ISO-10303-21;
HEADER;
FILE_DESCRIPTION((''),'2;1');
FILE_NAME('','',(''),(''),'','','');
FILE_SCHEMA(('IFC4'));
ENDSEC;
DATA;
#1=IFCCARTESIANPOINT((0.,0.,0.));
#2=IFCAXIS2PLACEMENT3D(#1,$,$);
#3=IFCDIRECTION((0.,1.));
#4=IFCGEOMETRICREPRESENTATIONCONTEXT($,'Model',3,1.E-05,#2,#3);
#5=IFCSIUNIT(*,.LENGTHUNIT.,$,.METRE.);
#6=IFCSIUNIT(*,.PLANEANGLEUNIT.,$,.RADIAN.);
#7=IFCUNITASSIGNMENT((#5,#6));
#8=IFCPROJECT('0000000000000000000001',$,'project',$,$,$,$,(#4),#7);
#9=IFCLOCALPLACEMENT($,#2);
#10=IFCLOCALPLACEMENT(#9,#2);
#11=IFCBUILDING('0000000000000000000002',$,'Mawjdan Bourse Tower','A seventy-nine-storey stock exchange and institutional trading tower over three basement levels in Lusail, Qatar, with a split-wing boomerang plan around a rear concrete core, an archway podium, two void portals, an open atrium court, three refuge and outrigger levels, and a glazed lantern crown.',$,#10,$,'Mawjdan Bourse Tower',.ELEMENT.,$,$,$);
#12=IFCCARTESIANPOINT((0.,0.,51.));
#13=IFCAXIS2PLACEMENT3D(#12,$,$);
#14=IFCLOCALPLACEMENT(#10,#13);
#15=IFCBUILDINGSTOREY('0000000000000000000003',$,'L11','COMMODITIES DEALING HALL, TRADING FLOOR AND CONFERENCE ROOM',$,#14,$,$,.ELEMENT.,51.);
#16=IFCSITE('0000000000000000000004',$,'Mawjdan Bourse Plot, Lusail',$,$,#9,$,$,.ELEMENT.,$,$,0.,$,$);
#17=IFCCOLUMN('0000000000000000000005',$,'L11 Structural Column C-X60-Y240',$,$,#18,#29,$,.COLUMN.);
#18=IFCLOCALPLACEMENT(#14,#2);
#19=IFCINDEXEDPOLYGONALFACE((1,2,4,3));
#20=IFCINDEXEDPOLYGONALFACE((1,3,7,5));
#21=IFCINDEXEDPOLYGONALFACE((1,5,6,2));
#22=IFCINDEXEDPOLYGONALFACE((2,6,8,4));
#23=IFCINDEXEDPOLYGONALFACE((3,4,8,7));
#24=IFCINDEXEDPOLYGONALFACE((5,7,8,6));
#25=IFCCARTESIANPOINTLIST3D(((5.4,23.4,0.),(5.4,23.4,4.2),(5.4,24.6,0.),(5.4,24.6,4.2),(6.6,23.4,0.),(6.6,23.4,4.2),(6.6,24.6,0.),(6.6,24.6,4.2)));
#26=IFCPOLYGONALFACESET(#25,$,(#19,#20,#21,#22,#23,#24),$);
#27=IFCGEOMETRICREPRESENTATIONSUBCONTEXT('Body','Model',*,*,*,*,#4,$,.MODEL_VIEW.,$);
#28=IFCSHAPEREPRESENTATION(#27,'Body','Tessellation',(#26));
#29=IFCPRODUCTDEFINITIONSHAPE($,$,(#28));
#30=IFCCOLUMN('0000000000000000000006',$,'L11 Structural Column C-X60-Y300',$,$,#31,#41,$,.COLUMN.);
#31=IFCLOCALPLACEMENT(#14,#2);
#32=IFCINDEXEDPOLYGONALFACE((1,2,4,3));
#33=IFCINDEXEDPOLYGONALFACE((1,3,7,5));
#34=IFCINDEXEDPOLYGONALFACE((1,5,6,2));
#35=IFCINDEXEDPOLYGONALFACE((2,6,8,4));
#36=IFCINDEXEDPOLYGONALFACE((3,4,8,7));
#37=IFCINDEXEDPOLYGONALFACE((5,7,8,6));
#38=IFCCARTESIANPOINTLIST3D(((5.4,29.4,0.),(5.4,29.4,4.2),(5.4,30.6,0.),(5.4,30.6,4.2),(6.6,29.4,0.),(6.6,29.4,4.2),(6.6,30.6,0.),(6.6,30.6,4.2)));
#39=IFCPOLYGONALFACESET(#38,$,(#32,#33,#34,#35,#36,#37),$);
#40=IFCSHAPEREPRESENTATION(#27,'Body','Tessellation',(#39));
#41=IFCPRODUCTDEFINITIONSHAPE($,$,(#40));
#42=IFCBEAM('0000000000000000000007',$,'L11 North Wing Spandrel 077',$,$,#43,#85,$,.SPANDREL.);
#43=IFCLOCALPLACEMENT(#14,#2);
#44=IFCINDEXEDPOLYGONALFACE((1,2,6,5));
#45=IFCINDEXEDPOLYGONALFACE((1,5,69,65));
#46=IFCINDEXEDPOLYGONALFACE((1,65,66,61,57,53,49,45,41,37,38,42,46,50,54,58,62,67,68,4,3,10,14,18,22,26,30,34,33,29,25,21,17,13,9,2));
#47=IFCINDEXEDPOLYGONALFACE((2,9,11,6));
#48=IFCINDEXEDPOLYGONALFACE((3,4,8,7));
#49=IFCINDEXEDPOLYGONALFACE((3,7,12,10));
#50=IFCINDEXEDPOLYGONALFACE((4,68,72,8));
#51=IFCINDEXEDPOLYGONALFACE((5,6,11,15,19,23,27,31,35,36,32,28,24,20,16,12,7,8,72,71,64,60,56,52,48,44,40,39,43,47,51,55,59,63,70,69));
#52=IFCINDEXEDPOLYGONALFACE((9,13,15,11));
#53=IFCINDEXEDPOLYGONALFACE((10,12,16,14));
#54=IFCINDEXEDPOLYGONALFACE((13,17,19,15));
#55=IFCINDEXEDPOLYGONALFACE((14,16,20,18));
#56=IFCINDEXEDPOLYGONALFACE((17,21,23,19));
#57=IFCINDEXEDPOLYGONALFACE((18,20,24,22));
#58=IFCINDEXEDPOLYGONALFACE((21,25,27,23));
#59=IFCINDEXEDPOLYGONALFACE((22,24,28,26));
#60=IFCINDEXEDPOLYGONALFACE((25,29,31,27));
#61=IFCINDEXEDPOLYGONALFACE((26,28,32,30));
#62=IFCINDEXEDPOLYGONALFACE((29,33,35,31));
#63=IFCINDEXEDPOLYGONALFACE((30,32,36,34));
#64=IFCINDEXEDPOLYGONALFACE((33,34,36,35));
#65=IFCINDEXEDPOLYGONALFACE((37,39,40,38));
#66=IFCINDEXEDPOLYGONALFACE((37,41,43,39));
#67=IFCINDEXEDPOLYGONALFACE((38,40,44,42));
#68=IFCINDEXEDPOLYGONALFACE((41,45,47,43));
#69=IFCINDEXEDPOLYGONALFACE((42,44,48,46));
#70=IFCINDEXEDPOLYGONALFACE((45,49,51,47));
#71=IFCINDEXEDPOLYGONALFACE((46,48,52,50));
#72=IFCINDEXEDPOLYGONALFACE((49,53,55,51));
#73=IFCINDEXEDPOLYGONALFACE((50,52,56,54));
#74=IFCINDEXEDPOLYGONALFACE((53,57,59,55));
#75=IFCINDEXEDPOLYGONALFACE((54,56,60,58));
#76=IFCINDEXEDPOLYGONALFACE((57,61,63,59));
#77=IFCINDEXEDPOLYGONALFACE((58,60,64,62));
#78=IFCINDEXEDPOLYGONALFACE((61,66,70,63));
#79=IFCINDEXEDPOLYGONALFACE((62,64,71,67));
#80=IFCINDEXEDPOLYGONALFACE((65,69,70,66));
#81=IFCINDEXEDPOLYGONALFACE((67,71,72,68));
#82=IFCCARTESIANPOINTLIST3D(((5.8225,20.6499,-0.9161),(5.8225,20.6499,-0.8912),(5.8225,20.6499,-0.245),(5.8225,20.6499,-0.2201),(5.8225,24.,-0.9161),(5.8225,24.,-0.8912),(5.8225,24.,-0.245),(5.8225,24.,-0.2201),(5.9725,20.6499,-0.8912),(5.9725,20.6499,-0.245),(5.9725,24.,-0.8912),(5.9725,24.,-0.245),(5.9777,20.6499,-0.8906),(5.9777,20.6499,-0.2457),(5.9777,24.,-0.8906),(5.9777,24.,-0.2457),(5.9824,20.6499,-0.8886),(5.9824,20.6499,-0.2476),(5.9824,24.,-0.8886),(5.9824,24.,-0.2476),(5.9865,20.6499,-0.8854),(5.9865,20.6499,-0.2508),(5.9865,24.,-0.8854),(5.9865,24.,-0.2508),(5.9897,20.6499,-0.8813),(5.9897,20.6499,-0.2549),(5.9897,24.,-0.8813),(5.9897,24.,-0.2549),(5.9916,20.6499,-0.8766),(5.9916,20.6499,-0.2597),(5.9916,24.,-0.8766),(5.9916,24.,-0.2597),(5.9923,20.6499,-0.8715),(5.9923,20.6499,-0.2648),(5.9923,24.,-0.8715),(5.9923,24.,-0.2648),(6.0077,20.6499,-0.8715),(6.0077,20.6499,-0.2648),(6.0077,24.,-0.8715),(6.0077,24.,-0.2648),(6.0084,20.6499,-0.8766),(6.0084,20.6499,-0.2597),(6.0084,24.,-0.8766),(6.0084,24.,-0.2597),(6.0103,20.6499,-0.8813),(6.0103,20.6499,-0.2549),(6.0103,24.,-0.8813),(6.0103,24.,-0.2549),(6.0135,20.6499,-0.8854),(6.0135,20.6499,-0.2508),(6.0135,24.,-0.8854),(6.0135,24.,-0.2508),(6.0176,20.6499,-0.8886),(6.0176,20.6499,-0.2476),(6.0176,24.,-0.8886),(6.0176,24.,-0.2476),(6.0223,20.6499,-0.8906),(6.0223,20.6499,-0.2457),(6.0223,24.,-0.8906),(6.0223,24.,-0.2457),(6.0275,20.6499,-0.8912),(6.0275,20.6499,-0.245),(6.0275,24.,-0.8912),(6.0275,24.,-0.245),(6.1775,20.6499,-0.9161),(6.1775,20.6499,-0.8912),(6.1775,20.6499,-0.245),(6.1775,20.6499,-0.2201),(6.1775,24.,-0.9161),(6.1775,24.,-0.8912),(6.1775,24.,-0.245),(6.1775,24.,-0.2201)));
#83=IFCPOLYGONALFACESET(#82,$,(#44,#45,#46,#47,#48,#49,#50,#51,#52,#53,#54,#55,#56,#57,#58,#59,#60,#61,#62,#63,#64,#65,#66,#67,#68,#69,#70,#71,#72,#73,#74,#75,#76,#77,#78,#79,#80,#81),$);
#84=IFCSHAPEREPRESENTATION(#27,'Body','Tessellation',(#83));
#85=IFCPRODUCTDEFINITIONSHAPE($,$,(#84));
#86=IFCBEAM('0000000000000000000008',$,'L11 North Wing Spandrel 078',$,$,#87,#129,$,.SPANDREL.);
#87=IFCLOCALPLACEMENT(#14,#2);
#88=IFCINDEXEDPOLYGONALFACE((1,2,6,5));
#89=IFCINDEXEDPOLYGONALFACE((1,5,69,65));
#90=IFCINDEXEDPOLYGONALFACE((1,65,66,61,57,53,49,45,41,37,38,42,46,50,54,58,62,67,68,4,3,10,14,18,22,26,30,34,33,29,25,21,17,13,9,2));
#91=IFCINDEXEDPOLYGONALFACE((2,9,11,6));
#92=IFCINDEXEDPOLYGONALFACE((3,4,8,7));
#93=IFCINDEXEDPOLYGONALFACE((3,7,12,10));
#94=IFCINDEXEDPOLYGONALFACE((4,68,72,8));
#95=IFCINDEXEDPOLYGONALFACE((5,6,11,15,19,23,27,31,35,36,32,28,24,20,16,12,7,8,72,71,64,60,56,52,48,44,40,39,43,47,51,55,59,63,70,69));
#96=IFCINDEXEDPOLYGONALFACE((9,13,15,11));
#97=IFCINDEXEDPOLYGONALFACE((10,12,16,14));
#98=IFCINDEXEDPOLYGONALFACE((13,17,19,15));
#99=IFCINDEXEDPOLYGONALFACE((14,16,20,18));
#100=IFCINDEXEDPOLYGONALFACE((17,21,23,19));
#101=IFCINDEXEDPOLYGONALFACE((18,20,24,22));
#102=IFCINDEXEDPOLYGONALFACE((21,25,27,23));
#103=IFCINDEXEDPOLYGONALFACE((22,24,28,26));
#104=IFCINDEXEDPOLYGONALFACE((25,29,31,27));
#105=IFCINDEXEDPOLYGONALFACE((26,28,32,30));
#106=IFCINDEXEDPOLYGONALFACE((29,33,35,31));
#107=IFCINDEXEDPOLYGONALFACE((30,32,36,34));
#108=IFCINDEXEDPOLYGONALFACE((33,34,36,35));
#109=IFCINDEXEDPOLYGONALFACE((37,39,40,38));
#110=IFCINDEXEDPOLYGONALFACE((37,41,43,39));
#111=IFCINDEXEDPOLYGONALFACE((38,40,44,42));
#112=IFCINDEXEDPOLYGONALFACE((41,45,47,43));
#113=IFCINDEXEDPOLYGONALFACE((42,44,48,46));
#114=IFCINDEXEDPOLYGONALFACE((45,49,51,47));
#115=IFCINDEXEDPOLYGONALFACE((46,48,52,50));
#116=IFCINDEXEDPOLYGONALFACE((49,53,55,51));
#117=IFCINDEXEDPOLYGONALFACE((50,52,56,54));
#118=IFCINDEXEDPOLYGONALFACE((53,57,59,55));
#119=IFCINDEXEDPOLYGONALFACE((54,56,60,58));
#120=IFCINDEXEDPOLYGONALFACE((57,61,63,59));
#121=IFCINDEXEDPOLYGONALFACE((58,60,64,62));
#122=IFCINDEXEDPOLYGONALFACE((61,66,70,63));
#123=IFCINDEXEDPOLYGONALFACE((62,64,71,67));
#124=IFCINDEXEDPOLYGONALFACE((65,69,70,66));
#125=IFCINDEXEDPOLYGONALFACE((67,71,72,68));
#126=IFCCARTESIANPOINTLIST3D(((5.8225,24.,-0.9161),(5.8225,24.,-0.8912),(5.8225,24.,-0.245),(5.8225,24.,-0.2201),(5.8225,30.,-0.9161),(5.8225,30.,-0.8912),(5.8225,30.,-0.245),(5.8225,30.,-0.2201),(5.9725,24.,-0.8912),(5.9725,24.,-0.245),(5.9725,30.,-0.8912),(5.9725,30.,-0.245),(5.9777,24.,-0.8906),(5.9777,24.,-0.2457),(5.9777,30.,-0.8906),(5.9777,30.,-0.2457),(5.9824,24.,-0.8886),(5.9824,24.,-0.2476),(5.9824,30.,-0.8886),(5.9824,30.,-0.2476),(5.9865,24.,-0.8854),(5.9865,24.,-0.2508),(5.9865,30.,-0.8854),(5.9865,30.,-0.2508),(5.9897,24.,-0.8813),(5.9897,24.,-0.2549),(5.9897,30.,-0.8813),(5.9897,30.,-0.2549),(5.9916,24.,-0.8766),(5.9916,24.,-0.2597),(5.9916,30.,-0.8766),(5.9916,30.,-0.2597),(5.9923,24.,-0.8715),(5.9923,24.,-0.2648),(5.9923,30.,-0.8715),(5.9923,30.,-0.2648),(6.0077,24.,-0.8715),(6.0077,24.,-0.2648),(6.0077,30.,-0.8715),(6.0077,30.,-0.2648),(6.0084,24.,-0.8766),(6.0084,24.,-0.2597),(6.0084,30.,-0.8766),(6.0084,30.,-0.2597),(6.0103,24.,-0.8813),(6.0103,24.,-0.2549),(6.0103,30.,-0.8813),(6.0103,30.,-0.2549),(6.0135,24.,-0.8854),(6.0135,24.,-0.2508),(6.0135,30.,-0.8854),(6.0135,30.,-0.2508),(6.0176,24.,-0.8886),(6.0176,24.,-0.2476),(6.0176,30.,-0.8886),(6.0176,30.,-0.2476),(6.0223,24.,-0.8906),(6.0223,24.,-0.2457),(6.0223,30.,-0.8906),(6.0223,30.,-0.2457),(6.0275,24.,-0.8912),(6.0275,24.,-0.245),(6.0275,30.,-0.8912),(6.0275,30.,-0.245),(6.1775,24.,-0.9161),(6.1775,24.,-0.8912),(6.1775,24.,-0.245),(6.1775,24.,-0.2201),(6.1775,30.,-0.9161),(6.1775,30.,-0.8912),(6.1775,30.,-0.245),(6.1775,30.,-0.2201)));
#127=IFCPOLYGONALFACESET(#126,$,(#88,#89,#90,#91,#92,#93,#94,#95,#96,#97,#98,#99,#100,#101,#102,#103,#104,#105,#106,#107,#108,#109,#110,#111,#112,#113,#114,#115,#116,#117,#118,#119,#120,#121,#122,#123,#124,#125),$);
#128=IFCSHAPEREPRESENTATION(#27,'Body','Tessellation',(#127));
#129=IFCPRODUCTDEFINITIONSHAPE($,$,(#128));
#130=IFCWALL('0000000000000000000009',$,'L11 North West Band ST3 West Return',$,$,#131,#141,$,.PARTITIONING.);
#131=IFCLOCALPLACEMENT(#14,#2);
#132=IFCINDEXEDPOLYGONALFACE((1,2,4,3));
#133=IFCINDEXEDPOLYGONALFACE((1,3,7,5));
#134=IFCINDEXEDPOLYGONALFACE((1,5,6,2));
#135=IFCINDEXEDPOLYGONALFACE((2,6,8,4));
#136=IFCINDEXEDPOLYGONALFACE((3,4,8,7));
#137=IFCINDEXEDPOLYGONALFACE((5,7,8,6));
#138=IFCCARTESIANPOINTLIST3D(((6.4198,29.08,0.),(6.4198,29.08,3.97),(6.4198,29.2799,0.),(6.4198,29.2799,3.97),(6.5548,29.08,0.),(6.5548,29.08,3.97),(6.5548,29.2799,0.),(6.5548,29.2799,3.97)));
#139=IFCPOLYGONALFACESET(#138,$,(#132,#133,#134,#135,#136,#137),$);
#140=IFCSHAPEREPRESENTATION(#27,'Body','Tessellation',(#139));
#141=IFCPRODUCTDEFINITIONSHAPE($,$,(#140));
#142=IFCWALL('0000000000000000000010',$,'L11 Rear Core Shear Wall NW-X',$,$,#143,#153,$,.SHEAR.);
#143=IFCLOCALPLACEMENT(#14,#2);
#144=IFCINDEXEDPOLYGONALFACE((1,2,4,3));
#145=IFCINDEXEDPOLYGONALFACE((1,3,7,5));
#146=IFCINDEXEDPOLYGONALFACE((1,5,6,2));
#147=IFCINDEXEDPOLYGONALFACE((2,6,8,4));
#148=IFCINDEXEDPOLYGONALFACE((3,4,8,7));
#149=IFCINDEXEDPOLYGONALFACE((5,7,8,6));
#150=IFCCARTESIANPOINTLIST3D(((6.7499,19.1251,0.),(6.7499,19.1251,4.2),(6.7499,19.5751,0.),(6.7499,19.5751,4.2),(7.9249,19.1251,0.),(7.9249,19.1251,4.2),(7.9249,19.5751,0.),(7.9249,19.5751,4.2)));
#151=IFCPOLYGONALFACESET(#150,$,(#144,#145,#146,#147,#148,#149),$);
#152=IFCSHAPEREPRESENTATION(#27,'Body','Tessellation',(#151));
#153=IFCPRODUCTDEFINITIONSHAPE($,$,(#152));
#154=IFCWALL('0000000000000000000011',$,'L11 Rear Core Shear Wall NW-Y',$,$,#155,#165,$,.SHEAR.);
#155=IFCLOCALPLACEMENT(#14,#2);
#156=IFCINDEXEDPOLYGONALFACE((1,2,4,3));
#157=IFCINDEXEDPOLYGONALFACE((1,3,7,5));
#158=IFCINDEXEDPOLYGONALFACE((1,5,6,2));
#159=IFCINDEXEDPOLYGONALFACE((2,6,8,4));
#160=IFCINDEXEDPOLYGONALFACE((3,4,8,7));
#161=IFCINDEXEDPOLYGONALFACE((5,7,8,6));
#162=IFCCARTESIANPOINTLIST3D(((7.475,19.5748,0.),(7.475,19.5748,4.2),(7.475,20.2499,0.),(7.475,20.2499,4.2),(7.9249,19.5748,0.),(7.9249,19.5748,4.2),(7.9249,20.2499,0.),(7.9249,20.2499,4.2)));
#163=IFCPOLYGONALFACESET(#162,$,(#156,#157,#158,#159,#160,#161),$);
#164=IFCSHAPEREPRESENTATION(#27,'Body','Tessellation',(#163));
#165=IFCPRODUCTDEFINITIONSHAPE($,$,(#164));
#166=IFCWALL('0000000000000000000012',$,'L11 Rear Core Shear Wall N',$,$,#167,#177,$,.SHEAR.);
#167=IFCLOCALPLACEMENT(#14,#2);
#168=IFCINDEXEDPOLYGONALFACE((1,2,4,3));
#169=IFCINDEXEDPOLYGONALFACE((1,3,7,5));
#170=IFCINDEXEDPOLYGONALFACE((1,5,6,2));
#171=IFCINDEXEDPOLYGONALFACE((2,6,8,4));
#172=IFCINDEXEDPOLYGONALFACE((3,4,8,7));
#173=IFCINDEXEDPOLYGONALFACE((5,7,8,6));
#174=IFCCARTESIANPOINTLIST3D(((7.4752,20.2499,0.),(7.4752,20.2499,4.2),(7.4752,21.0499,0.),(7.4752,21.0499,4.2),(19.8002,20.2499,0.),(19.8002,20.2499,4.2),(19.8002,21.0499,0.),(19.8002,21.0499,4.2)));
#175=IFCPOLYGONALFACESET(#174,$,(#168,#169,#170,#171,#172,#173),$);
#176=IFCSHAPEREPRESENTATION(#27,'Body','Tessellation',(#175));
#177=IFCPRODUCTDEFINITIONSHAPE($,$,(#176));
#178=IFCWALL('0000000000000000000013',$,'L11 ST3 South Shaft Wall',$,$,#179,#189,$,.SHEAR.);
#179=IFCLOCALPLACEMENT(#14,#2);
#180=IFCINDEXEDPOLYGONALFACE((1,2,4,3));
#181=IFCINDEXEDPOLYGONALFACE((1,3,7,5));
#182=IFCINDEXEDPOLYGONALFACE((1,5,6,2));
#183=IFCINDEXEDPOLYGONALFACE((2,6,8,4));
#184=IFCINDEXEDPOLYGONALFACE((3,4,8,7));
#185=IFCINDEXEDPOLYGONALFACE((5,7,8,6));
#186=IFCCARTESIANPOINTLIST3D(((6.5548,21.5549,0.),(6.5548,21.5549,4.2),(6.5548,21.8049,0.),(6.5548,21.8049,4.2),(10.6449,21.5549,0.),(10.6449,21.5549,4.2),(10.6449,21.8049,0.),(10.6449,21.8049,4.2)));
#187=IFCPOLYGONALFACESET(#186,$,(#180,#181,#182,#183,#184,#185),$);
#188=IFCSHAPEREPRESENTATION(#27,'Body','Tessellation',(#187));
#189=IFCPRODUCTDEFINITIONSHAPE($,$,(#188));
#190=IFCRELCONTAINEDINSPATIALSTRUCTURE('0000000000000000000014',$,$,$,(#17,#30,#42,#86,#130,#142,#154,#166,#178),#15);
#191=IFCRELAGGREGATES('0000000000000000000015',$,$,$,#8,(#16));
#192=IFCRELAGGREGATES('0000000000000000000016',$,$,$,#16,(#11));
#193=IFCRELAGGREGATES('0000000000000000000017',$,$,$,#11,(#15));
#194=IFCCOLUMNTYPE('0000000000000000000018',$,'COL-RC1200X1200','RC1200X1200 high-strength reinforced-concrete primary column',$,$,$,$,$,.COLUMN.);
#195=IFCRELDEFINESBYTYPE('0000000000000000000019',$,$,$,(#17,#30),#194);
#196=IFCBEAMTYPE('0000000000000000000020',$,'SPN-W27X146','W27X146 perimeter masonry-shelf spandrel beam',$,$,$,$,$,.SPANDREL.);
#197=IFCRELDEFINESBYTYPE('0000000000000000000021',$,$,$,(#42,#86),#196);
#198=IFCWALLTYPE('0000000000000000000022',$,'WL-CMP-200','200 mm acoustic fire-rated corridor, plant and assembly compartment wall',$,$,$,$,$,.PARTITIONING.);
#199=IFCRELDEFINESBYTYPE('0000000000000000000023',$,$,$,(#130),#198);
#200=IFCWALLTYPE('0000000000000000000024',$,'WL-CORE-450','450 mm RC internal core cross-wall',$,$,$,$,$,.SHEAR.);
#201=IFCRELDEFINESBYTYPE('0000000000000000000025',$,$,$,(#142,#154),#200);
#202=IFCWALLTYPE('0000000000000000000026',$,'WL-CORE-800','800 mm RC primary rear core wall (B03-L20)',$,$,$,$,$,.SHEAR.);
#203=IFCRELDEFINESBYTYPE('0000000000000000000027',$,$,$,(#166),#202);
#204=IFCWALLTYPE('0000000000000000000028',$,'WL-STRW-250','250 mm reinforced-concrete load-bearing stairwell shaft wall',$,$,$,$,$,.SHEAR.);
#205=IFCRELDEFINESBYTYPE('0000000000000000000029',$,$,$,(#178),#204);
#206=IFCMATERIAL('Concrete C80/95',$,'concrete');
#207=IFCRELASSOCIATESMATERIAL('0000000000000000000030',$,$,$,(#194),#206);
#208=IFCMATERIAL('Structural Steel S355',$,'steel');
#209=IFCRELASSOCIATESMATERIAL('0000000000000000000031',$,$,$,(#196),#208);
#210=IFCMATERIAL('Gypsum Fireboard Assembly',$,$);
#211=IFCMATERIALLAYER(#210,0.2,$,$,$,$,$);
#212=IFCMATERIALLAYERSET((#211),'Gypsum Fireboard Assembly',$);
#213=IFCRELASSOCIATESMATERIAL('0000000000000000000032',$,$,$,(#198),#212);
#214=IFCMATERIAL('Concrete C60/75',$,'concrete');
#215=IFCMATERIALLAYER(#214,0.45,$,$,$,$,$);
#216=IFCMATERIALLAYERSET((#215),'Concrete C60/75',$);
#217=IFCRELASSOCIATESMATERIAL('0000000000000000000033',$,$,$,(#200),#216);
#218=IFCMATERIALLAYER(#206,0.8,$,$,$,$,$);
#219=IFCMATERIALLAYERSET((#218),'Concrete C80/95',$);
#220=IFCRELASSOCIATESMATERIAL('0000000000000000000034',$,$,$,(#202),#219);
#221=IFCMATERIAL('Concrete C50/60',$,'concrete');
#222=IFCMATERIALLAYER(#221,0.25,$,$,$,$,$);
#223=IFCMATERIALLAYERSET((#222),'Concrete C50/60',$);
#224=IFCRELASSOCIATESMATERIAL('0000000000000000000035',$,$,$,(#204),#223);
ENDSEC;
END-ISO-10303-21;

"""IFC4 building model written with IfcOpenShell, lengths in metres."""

from ifc_helpers import new_model, si_unit, direction, frame, frame_2d, origin, origin_2d, place, context, subcontext, project, spatial, rectangle, i_section, extrude, material, layer, layer_set, material_profile, profile_set, type_object, element, save


model = new_model("IFC4")

# Units and contexts
model_context = context("Model", 3, precision=1e-05, world=origin(), true_north=direction((0.0, 1.0)))
body_context = subcontext(model_context, "Body", "Model", "MODEL_VIEW")
ifc_project = project(units=[si_unit("LENGTHUNIT", "METRE"), si_unit("PLANEANGLEUNIT", "RADIAN")], contexts=[model_context])

# Site, building, storey
site_placement = place(None, origin())
site = spatial("IfcSite", under=ifc_project, at=site_placement, Name="Mawjdan Bourse Plot, Lusail", CompositionType="ELEMENT", RefElevation=0.0)
building_placement = place(site_placement, origin())
building = spatial("IfcBuilding", under=site, at=building_placement, Name="Mawjdan Bourse Tower", Description="A seventy-nine-storey stock exchange and institutional trading tower over three basement levels in Lusail, Qatar, with a split-wing boomerang plan around a rear concrete core, an archway podium, two void portals, an open atrium court, three refuge and outrigger levels, and a glazed lantern crown.", LongName="Mawjdan Bourse Tower", CompositionType="ELEMENT")
storey_placement = place(building_placement, frame((0.0, 0.0, 51.0)))
storey = spatial("IfcBuildingStorey", under=building, at=storey_placement, Name="L11", Description="COMMODITIES DEALING HALL, TRADING FLOOR AND CONFERENCE ROOM", CompositionType="ELEMENT", Elevation=51.0)

# Columns
ifc_material_1 = material(Name="Concrete C80/95", Category="concrete")
ifc_material_profile_1 = material_profile(ifc_material_1, rectangle(XDim=1.2, YDim=1.2, at=origin_2d()), Name="RC1200X1200")
ifc_profile_set_1 = profile_set([ifc_material_profile_1], Name="Concrete C80/95")
column_type = type_object("IfcColumnType", Name="COL-RC1200X1200", Description="RC1200X1200 high-strength reinforced-concrete primary column", PredefinedType="COLUMN", material=ifc_profile_set_1)
for number, where, z_axis, x_axis, name in (
    (1, (6.0, 24.0, 0.0), (0.0, 0.0, 1.0), (1.0, 0.0, 0.0), "L11 Structural Column C-X60-Y240"),
    (2, (6.0, 30.0, 0.0), (0.0, 0.0, 1.0), (1.0, 0.0, 0.0), "L11 Structural Column C-X60-Y300"),
):
    element("IfcColumn", number, at=place(storey_placement, frame(where, z_axis=z_axis, x_axis=x_axis)), inside=storey, type_object=column_type, Name=name, PredefinedType="COLUMN", context=body_context, shape_type="SweptSolid", body=[
        extrude(rectangle(XDim=1.2, YDim=1.2, at=origin_2d()), origin(), (0.0, 0.0, 1.0), 4.2),
    ])

# Beams
ifc_material_2 = material(Name="Structural Steel S355", Category="steel")
ifc_material_profile_2 = material_profile(ifc_material_2, i_section(OverallWidth=0.355, OverallDepth=0.696, WebThickness=0.0154, FlangeThickness=0.0249, FilletRadius=0.0198, at=origin_2d()), Name="W27X146")
ifc_profile_set_2 = profile_set([ifc_material_profile_2], Name="Structural Steel S355")
beam_type = type_object("IfcBeamType", Name="SPN-W27X146", Description="W27X146 perimeter masonry-shelf spandrel beam", PredefinedType="SPANDREL", material=ifc_profile_set_2)
beam_1_placement = place(storey_placement, frame((6.0, 20.6499, -0.5681), z_axis=(0.0, 1.0, 0.0), x_axis=(-1.0, 0.0, 0.0)))
element("IfcBeam", 3, at=beam_1_placement, inside=storey, type_object=beam_type, Name="L11 North Wing Spandrel 077", PredefinedType="SPANDREL", context=body_context, shape_type="SweptSolid", body=[
    extrude(i_section(OverallWidth=0.355, OverallDepth=0.696, WebThickness=0.0154, FlangeThickness=0.0249, FilletRadius=0.0198, at=origin_2d()), origin(), (0.0, 0.0, 1.0), 3.3501),
])
beam_2_placement = place(storey_placement, frame((6.0, 24.0, -0.5681), z_axis=(0.0, 1.0, 0.0), x_axis=(-1.0, 0.0, 0.0)))
element("IfcBeam", 4, at=beam_2_placement, inside=storey, type_object=beam_type, Name="L11 North Wing Spandrel 078", PredefinedType="SPANDREL", context=body_context, shape_type="SweptSolid", body=[
    extrude(i_section(OverallWidth=0.355, OverallDepth=0.696, WebThickness=0.0154, FlangeThickness=0.0249, FilletRadius=0.0198, at=origin_2d()), origin(), (0.0, 0.0, 1.0), 6.0),
])

# Walls
ifc_material_3 = material(Name="Gypsum Fireboard Assembly")
ifc_layer_1 = layer(ifc_material_3, 0.2)
ifc_layer_set_1 = layer_set([ifc_layer_1], Name="Gypsum Fireboard Assembly")
wall_type_1 = type_object("IfcWallType", Name="WL-CMP-200", Description="200 mm acoustic fire-rated corridor, plant and assembly compartment wall", PredefinedType="PARTITIONING", material=ifc_layer_set_1)
wall_1_placement = place(storey_placement, frame((6.4199, 29.1799, 0.0), z_axis=(0.0, 0.0, 1.0), x_axis=(1.0, 0.0, 0.0)))
element("IfcWall", 5, at=wall_1_placement, inside=storey, type_object=wall_type_1, Name="L11 North West Band ST3 West Return", PredefinedType="PARTITIONING", context=body_context, shape_type="SweptSolid", body=[
    extrude(rectangle(XDim=0.135, YDim=0.2, at=frame_2d((0.0674, 0.0))), origin(), (0.0, 0.0, 1.0), 3.97),
])
ifc_material_4 = material(Name="Concrete C60/75", Category="concrete")
ifc_layer_2 = layer(ifc_material_4, 0.45)
ifc_layer_set_2 = layer_set([ifc_layer_2], Name="Concrete C60/75")
wall_type_2 = type_object("IfcWallType", Name="WL-CORE-450", Description="450 mm RC internal core cross-wall", PredefinedType="SHEAR", material=ifc_layer_set_2)
wall_2_placement = place(storey_placement, frame((6.75, 19.3501, 0.0), z_axis=(0.0, 0.0, 1.0), x_axis=(1.0, 0.0, 0.0)))
element("IfcWall", 6, at=wall_2_placement, inside=storey, type_object=wall_type_2, Name="L11 Rear Core Shear Wall NW-X", PredefinedType="SHEAR", context=body_context, shape_type="SweptSolid", body=[
    extrude(rectangle(XDim=1.175, YDim=0.45, at=frame_2d((0.5874, 0.0))), origin(), (0.0, 0.0, 1.0), 4.2),
])
wall_3_placement = place(storey_placement, frame((7.7, 19.575, 0.0), z_axis=(0.0, 0.0, 1.0), x_axis=(0.0, 1.0, 0.0)))
element("IfcWall", 7, at=wall_3_placement, inside=storey, type_object=wall_type_2, Name="L11 Rear Core Shear Wall NW-Y", PredefinedType="SHEAR", context=body_context, shape_type="SweptSolid", body=[
    extrude(rectangle(XDim=0.675, YDim=0.45, at=frame_2d((0.3374, 0.0))), origin(), (0.0, 0.0, 1.0), 4.2),
])
ifc_layer_3 = layer(ifc_material_1, 0.8)
ifc_layer_set_3 = layer_set([ifc_layer_3], Name="Concrete C80/95")
wall_type_3 = type_object("IfcWallType", Name="WL-CORE-800", Description="800 mm RC primary rear core wall (B03-L20)", PredefinedType="SHEAR", material=ifc_layer_set_3)
wall_4_placement = place(storey_placement, frame((7.4751, 20.6499, 0.0), z_axis=(0.0, 0.0, 1.0), x_axis=(1.0, 0.0, 0.0)))
element("IfcWall", 8, at=wall_4_placement, inside=storey, type_object=wall_type_3, Name="L11 Rear Core Shear Wall N", PredefinedType="SHEAR", context=body_context, shape_type="SweptSolid", body=[
    extrude(rectangle(XDim=12.325, YDim=0.8, at=frame_2d((6.1626, 0.0))), origin(), (0.0, 0.0, 1.0), 4.2),
])
ifc_material_5 = material(Name="Concrete C50/60", Category="concrete")
ifc_layer_4 = layer(ifc_material_5, 0.25)
ifc_layer_set_4 = layer_set([ifc_layer_4], Name="Concrete C50/60")
wall_type_4 = type_object("IfcWallType", Name="WL-STRW-250", Description="250 mm reinforced-concrete load-bearing stairwell shaft wall", PredefinedType="SHEAR", material=ifc_layer_set_4)
for number, where, z_axis, x_axis, name in (
    (9, (6.5549, 21.6799, 0.0), (0.0, 0.0, 1.0), (1.0, 0.0, 0.0), "L11 ST3 South Shaft Wall"),
):
    element("IfcWall", number, at=place(storey_placement, frame(where, z_axis=z_axis, x_axis=x_axis)), inside=storey, type_object=wall_type_4, Name=name, PredefinedType="SHEAR", context=body_context, shape_type="SweptSolid", body=[
        extrude(rectangle(XDim=4.0901, YDim=0.25, at=frame_2d((2.0449, 0.0))), origin(), (0.0, 0.0, 1.0), 4.2),
    ])

save(model, "model.ifc")
